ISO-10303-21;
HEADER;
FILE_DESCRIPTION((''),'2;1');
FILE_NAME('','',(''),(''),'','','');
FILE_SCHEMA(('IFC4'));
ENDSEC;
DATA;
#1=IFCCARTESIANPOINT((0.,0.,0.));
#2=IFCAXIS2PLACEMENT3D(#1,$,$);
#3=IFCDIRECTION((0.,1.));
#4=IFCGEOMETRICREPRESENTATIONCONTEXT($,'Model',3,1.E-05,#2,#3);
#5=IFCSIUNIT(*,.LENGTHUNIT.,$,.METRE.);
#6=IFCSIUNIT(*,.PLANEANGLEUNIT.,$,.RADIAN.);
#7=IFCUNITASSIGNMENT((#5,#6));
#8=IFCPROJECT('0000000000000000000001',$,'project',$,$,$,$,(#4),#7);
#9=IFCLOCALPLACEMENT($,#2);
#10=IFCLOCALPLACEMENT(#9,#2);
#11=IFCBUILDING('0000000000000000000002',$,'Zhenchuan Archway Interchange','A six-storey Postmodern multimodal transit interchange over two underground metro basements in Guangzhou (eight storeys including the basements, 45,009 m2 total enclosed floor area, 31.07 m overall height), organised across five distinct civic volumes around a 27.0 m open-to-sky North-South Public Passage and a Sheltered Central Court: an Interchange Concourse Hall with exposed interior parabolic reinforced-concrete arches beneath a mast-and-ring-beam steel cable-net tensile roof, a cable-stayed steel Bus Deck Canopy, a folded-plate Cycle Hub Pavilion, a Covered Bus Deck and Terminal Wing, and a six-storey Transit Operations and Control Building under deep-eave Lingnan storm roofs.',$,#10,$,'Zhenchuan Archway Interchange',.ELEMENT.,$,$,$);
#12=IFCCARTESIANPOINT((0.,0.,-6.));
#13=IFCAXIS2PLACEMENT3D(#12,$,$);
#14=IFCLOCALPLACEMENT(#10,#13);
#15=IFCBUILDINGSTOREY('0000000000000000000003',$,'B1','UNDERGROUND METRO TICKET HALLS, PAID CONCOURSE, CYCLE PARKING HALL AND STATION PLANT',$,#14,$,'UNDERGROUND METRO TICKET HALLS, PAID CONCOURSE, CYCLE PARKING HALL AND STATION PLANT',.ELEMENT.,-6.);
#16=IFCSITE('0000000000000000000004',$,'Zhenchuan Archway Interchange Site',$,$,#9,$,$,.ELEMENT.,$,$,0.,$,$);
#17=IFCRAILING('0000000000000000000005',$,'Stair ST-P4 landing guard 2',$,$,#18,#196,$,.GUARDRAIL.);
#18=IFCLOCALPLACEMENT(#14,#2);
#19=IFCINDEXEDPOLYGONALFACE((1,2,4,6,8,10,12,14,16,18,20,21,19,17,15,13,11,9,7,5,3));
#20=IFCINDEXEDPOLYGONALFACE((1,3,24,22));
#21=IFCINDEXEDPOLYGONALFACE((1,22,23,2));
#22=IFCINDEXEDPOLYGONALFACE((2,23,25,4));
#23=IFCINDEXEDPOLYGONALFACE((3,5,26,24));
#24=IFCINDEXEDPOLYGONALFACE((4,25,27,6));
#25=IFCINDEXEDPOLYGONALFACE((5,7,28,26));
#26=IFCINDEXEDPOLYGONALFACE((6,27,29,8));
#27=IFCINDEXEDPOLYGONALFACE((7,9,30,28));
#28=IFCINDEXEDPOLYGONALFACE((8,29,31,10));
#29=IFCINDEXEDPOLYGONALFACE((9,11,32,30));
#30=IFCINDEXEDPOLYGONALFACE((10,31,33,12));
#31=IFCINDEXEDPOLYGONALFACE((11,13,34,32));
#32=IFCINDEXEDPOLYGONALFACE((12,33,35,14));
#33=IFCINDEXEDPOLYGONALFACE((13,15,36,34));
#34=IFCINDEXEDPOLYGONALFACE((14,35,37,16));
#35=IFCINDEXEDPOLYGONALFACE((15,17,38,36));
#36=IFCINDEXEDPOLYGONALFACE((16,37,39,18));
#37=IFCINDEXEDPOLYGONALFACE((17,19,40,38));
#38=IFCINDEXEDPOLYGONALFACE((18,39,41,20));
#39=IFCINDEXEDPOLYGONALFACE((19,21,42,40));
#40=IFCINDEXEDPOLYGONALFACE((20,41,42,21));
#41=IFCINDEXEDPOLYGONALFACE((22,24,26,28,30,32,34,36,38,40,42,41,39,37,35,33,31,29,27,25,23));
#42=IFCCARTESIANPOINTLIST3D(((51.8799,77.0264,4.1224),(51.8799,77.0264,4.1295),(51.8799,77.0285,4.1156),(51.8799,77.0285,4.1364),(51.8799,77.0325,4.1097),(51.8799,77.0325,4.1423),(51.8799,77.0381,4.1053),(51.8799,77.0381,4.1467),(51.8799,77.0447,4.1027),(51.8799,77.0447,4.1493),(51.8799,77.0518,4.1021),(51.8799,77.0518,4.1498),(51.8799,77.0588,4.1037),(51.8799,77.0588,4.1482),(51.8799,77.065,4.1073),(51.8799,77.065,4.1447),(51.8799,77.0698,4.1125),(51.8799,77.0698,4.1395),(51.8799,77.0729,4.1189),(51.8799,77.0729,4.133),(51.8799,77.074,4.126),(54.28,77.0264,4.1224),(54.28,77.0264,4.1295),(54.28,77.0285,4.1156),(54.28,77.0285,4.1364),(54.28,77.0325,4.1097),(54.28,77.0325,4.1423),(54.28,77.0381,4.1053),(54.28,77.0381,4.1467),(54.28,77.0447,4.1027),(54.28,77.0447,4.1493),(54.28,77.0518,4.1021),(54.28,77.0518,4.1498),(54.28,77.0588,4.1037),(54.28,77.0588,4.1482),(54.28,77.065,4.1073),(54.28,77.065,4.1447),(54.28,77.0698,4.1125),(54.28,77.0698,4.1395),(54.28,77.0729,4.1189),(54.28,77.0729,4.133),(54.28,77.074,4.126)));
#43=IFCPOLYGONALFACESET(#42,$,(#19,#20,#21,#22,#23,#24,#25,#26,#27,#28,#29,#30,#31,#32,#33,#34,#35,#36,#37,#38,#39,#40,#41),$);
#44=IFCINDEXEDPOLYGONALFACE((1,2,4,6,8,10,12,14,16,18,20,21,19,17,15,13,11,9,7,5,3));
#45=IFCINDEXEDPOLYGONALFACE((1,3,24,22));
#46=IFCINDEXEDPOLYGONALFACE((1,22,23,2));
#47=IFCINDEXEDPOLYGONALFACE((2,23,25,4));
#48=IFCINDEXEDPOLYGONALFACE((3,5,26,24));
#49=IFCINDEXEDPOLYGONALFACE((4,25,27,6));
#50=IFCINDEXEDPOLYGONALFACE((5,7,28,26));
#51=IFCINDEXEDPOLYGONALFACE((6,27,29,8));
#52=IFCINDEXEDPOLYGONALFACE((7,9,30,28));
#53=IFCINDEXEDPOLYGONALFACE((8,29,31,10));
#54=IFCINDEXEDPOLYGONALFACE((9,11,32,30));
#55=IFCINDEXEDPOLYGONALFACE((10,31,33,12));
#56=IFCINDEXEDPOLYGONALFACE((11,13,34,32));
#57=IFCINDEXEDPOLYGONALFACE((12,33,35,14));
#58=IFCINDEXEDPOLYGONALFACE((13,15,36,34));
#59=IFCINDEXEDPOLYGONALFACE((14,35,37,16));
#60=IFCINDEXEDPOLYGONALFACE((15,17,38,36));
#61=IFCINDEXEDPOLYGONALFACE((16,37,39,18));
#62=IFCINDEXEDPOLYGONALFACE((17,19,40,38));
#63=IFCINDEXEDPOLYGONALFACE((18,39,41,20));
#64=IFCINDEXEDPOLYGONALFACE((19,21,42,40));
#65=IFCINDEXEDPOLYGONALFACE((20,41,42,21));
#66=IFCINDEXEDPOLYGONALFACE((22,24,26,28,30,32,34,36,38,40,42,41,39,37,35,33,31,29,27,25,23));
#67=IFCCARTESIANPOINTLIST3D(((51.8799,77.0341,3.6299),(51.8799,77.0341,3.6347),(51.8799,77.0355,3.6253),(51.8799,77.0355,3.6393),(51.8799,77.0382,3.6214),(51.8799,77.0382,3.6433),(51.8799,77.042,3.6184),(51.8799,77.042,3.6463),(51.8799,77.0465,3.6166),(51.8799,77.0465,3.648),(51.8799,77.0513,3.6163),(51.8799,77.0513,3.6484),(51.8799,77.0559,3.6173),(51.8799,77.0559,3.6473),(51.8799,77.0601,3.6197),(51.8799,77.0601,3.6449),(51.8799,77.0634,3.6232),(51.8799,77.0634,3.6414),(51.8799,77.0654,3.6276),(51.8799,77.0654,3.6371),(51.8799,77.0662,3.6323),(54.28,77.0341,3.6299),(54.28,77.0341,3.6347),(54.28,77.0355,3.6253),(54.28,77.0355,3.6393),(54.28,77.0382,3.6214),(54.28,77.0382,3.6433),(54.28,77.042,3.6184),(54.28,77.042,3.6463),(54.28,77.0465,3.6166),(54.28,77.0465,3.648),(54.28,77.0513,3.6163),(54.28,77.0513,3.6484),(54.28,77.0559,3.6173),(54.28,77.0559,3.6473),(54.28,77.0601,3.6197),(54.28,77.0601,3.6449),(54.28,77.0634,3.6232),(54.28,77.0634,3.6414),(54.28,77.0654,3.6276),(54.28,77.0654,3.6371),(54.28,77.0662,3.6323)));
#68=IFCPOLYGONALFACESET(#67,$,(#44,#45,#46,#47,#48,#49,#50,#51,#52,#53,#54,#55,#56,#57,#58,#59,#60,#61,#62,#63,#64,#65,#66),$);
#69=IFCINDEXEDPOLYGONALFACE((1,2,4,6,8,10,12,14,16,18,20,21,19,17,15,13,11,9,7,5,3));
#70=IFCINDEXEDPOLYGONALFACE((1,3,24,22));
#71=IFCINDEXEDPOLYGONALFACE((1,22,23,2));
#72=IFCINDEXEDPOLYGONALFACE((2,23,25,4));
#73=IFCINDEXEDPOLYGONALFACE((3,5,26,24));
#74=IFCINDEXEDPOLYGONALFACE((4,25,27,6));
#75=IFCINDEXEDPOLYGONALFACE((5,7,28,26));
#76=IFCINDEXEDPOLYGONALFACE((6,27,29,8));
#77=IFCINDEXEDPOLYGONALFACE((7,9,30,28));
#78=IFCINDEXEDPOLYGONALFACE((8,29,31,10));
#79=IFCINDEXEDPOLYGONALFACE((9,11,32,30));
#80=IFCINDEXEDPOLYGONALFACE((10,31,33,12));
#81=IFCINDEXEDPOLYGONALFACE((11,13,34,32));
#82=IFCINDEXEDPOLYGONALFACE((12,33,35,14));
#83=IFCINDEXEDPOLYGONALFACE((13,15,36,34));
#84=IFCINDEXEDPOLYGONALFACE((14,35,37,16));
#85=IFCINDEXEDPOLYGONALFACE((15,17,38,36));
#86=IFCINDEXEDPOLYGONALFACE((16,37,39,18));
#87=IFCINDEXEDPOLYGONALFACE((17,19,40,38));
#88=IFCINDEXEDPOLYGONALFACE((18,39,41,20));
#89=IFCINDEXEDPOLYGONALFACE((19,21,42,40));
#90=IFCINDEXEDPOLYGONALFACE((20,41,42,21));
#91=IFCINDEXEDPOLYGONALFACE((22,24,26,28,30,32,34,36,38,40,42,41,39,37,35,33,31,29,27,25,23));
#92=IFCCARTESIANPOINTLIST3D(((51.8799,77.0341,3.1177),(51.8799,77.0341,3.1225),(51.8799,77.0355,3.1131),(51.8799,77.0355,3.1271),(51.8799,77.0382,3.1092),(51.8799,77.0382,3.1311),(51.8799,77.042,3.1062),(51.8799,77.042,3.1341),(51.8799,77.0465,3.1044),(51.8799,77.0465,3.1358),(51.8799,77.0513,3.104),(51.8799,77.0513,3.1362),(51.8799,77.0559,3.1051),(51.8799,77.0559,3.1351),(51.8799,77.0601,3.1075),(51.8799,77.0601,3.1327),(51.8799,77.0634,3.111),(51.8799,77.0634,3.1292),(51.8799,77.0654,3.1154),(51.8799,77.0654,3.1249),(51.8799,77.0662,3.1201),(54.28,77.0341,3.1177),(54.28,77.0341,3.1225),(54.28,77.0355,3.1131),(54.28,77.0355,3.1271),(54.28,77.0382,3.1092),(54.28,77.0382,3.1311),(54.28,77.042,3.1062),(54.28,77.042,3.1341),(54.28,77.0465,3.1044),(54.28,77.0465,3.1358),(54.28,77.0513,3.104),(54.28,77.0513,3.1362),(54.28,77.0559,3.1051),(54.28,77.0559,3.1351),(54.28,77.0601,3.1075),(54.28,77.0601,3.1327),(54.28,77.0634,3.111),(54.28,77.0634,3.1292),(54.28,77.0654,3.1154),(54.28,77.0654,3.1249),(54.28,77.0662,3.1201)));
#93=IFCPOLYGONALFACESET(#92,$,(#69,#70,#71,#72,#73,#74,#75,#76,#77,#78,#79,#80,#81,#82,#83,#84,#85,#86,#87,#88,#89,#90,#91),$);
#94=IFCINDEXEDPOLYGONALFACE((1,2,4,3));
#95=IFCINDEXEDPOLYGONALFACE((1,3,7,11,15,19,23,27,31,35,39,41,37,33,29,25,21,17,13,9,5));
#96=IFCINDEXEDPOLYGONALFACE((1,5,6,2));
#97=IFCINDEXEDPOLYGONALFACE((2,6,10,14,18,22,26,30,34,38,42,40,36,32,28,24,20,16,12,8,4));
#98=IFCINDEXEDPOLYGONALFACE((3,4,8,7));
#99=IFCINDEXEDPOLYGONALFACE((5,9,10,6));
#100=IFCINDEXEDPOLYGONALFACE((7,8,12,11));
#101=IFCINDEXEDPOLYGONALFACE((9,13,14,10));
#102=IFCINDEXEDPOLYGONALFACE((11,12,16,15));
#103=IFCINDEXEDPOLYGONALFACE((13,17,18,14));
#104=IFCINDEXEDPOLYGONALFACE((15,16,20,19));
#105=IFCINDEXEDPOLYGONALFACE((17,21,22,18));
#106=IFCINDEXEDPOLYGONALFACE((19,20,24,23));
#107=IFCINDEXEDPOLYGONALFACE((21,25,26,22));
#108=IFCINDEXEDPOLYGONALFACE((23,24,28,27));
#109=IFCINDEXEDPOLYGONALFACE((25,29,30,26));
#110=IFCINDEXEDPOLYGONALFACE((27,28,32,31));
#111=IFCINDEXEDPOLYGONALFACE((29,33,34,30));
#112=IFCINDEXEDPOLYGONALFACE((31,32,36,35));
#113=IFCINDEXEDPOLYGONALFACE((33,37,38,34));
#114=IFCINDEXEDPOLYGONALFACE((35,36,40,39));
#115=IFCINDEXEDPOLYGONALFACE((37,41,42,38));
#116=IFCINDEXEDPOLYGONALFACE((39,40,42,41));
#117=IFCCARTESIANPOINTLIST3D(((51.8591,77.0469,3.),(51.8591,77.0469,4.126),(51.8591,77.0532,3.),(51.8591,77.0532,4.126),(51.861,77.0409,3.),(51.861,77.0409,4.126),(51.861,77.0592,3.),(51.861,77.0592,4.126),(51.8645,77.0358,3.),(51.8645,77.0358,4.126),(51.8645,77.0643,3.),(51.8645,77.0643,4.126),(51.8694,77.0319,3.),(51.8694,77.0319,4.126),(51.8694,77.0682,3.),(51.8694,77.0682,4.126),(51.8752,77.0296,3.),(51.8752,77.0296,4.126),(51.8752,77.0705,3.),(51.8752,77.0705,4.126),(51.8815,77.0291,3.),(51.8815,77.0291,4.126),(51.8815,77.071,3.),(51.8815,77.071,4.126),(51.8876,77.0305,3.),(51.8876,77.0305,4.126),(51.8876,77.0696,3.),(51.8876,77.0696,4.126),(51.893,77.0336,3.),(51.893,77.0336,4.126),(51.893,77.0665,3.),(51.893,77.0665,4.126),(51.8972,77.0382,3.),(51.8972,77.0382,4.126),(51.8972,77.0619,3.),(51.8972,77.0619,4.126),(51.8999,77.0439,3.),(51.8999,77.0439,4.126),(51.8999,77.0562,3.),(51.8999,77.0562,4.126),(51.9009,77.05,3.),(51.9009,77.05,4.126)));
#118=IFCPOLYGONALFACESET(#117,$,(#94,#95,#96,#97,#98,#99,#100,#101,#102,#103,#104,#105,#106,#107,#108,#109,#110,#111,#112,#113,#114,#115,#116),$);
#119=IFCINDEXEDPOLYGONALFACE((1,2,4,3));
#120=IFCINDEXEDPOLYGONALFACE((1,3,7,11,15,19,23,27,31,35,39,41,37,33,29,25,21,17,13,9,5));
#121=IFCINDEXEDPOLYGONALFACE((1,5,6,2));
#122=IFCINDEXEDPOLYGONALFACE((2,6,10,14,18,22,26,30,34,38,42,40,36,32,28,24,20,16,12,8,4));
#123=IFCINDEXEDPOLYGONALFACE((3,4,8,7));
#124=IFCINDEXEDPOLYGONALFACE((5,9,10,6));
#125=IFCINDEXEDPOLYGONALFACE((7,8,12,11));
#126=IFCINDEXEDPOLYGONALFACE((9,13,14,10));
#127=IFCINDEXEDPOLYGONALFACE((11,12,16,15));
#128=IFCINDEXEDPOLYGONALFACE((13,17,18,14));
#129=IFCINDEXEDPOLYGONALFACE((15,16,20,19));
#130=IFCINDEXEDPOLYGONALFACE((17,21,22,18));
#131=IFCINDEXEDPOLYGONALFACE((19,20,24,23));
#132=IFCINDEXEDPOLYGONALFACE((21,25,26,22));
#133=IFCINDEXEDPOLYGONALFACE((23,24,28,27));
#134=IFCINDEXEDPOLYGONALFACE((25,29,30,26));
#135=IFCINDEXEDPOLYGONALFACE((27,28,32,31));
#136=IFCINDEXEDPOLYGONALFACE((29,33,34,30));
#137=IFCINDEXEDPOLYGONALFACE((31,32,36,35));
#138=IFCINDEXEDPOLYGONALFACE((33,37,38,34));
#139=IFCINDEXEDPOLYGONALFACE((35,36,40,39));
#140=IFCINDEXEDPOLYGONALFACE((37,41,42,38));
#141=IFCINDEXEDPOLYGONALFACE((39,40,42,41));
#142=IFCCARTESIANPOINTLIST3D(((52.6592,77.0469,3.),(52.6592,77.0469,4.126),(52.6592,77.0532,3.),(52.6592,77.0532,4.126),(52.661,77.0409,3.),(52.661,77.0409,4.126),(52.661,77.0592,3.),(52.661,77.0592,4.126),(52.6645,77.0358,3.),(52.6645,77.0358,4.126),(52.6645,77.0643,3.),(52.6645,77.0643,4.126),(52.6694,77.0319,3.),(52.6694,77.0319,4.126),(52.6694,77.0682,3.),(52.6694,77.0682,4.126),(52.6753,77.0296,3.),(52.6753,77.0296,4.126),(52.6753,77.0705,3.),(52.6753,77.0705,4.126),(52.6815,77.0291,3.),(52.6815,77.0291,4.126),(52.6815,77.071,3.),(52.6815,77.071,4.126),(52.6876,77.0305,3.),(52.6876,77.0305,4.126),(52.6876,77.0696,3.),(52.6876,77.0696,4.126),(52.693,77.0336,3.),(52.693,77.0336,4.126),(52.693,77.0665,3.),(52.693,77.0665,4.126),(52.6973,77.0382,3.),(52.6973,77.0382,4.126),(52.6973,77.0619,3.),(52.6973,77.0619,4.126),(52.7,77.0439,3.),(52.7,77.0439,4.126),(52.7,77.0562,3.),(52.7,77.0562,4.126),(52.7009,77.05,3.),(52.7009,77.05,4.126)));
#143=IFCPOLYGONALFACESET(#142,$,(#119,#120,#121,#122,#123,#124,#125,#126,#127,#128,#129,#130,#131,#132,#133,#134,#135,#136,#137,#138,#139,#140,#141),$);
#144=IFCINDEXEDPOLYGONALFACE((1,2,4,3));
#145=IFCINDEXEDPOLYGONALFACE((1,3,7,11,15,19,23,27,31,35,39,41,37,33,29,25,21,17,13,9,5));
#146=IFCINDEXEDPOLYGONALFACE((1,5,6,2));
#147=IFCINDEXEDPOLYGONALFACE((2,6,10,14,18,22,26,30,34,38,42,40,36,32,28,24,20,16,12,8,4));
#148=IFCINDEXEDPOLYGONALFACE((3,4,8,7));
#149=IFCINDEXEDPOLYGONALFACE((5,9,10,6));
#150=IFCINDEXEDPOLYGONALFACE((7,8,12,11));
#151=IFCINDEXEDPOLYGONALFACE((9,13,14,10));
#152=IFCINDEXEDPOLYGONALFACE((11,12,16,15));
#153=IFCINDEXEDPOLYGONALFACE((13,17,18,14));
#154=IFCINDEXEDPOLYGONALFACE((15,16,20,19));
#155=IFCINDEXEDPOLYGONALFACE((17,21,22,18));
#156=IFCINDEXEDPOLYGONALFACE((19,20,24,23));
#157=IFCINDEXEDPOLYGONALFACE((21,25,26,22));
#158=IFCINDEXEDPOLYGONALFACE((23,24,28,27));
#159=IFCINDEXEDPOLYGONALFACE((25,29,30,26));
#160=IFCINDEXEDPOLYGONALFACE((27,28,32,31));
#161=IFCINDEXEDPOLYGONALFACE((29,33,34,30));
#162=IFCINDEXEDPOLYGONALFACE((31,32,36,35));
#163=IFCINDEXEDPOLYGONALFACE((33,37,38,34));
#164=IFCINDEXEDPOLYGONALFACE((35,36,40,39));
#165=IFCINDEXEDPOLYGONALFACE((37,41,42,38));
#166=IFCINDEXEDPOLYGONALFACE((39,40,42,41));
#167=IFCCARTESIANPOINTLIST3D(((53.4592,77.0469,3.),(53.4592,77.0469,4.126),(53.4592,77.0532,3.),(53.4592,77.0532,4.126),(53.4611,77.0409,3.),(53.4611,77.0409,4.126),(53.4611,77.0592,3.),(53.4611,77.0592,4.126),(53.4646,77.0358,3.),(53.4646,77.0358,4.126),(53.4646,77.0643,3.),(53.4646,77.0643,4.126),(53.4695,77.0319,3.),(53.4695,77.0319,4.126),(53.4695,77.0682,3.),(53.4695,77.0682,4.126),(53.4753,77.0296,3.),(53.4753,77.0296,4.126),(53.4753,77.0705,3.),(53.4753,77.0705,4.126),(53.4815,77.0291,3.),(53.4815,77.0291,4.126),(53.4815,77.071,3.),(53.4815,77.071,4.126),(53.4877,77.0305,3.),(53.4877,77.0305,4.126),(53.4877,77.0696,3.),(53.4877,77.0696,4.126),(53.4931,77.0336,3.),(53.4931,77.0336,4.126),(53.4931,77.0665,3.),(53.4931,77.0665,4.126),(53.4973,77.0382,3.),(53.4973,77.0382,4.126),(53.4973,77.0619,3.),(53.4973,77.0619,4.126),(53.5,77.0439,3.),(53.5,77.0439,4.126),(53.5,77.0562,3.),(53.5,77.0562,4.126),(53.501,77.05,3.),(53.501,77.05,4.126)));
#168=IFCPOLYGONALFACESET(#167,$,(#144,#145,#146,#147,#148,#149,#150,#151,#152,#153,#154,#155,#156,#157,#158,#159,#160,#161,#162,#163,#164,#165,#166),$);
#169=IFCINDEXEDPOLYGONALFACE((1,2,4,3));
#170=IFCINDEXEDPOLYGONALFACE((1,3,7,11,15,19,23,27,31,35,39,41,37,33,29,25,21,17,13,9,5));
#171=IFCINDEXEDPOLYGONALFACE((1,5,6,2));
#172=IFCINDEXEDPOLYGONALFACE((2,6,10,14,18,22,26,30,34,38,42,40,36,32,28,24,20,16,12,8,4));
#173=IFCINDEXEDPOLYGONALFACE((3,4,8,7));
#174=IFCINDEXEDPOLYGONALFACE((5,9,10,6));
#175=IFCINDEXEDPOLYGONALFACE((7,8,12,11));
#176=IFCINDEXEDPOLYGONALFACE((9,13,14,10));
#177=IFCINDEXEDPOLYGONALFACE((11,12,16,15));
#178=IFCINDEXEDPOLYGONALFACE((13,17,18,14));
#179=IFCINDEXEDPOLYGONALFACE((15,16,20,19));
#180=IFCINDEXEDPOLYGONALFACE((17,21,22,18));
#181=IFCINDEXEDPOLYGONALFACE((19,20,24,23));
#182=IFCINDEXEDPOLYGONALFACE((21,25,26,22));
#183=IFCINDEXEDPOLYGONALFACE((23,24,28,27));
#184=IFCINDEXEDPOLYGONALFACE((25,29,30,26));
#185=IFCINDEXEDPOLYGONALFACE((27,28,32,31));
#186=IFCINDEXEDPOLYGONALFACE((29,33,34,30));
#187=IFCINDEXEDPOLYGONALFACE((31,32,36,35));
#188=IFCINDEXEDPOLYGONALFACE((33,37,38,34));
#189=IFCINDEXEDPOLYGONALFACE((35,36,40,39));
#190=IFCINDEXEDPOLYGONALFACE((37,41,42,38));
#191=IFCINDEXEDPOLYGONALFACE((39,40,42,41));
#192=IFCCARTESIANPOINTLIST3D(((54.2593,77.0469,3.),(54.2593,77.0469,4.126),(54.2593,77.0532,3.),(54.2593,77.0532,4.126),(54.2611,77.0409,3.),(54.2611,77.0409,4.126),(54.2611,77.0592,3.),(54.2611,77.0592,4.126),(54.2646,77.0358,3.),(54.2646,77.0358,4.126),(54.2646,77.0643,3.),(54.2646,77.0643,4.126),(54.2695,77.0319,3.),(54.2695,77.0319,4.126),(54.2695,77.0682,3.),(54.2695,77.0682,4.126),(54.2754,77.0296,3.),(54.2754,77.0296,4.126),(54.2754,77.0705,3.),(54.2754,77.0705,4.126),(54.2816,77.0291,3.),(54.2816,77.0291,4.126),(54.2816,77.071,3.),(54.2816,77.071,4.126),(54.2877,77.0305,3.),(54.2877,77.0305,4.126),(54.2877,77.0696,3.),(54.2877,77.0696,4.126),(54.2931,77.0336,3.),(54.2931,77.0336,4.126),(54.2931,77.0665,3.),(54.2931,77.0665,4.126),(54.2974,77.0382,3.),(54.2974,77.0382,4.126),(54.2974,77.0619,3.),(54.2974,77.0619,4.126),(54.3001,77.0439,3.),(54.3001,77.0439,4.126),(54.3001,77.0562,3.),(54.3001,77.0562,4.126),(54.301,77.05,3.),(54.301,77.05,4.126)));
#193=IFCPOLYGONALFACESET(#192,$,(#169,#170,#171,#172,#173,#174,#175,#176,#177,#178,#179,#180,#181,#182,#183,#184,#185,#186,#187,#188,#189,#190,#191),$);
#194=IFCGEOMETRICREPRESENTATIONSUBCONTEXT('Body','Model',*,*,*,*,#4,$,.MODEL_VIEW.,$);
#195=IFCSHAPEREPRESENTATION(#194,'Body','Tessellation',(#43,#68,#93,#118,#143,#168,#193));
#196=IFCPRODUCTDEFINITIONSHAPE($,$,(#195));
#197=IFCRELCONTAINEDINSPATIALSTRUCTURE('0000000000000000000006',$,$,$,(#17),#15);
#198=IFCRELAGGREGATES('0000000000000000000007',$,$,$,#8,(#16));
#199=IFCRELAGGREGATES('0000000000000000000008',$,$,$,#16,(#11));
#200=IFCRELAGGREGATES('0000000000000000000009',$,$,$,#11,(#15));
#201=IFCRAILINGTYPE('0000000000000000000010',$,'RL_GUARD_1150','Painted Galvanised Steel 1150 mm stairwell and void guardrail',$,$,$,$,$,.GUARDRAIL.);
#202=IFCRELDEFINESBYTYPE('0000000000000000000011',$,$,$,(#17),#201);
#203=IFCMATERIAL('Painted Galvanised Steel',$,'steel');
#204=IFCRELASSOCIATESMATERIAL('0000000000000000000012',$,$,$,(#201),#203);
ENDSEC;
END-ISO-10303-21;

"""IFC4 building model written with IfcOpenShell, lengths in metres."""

from ifc_helpers import new_model, si_unit, direction, frame, origin, origin_2d, place, context, subcontext, project, spatial, circle, extrude, material, type_object, element, save


model = new_model("IFC4")

# Units and contexts
model_context = context("Model", 3, precision=1e-05, world=origin(), true_north=direction((0.0, 1.0)))
body_context = subcontext(model_context, "Body", "Model", "MODEL_VIEW")
ifc_project = project(units=[si_unit("LENGTHUNIT", "METRE"), si_unit("PLANEANGLEUNIT", "RADIAN")], contexts=[model_context])

# Site, building, storey
site_placement = place(None, origin())
site = spatial("IfcSite", under=ifc_project, at=site_placement, Name="Zhenchuan Archway Interchange Site", CompositionType="ELEMENT", RefElevation=0.0)
building_placement = place(site_placement, origin())
building = spatial("IfcBuilding", under=site, at=building_placement, Name="Zhenchuan Archway Interchange", Description="A six-storey Postmodern multimodal transit interchange over two underground metro basements in Guangzhou (eight storeys including the basements, 45,009 m2 total enclosed floor area, 31.07 m overall height), organised across five distinct civic volumes around a 27.0 m open-to-sky North-South Public Passage and a Sheltered Central Court: an Interchange Concourse Hall with exposed interior parabolic reinforced-concrete arches beneath a mast-and-ring-beam steel cable-net tensile roof, a cable-stayed steel Bus Deck Canopy, a folded-plate Cycle Hub Pavilion, a Covered Bus Deck and Terminal Wing, and a six-storey Transit Operations and Control Building under deep-eave Lingnan storm roofs.", LongName="Zhenchuan Archway Interchange", CompositionType="ELEMENT")
storey_placement = place(building_placement, frame((0.0, 0.0, -6.0)))
storey = spatial("IfcBuildingStorey", under=building, at=storey_placement, Name="B1", Description="UNDERGROUND METRO TICKET HALLS, PAID CONCOURSE, CYCLE PARKING HALL AND STATION PLANT", LongName="UNDERGROUND METRO TICKET HALLS, PAID CONCOURSE, CYCLE PARKING HALL AND STATION PLANT", CompositionType="ELEMENT", Elevation=-6.0)

# Shared definitions
ifc_material_1 = material(Name="Painted Galvanised Steel", Category="steel")

# Railing
railing_type_1 = type_object("IfcRailingType", Name="RL_GUARD_1150", Description="Painted Galvanised Steel 1150 mm stairwell and void guardrail", PredefinedType="GUARDRAIL", material=ifc_material_1)
railing_1_placement = place(storey_placement, frame((51.8799, 77.05, 3.0)))
element("IfcRailing", 1, at=railing_1_placement, inside=storey, type_object=railing_type_1, Name="Stair ST-P4 landing guard 2", PredefinedType="GUARDRAIL", context=body_context, shape_type="SweptSolid", body=[
    extrude(circle(Radius=0.0239, at=origin_2d()), frame((0.0, 0.0, 1.126), z_axis=(1.0, 0.0, 0.0), x_axis=(0.0, 1.0, 0.0)), (0.0, 0.0, 1.0), 2.4001),
    extrude(circle(Radius=0.0161, at=origin_2d()), frame((0.0, 0.0, 0.6323), z_axis=(1.0, 0.0, 0.0), x_axis=(0.0, 1.0, 0.0)), (0.0, 0.0, 1.0), 2.4001),
    extrude(circle(Radius=0.0161, at=origin_2d()), frame((0.0, 0.0, 0.1201), z_axis=(1.0, 0.0, 0.0), x_axis=(0.0, 1.0, 0.0)), (0.0, 0.0, 1.0), 2.4001),
    extrude(circle(Radius=0.021, at=origin_2d()), origin(), (0.0, 0.0, 1.0), 1.126),
    extrude(circle(Radius=0.021, at=origin_2d()), frame((0.8, 0.0, 0.0)), (0.0, 0.0, 1.0), 1.126),
    extrude(circle(Radius=0.021, at=origin_2d()), frame((1.6001, 0.0, 0.0)), (0.0, 0.0, 1.0), 1.126),
    extrude(circle(Radius=0.021, at=origin_2d()), frame((2.4001, 0.0, 0.0)), (0.0, 0.0, 1.0), 1.126),
])

save(model, "model.ifc")
